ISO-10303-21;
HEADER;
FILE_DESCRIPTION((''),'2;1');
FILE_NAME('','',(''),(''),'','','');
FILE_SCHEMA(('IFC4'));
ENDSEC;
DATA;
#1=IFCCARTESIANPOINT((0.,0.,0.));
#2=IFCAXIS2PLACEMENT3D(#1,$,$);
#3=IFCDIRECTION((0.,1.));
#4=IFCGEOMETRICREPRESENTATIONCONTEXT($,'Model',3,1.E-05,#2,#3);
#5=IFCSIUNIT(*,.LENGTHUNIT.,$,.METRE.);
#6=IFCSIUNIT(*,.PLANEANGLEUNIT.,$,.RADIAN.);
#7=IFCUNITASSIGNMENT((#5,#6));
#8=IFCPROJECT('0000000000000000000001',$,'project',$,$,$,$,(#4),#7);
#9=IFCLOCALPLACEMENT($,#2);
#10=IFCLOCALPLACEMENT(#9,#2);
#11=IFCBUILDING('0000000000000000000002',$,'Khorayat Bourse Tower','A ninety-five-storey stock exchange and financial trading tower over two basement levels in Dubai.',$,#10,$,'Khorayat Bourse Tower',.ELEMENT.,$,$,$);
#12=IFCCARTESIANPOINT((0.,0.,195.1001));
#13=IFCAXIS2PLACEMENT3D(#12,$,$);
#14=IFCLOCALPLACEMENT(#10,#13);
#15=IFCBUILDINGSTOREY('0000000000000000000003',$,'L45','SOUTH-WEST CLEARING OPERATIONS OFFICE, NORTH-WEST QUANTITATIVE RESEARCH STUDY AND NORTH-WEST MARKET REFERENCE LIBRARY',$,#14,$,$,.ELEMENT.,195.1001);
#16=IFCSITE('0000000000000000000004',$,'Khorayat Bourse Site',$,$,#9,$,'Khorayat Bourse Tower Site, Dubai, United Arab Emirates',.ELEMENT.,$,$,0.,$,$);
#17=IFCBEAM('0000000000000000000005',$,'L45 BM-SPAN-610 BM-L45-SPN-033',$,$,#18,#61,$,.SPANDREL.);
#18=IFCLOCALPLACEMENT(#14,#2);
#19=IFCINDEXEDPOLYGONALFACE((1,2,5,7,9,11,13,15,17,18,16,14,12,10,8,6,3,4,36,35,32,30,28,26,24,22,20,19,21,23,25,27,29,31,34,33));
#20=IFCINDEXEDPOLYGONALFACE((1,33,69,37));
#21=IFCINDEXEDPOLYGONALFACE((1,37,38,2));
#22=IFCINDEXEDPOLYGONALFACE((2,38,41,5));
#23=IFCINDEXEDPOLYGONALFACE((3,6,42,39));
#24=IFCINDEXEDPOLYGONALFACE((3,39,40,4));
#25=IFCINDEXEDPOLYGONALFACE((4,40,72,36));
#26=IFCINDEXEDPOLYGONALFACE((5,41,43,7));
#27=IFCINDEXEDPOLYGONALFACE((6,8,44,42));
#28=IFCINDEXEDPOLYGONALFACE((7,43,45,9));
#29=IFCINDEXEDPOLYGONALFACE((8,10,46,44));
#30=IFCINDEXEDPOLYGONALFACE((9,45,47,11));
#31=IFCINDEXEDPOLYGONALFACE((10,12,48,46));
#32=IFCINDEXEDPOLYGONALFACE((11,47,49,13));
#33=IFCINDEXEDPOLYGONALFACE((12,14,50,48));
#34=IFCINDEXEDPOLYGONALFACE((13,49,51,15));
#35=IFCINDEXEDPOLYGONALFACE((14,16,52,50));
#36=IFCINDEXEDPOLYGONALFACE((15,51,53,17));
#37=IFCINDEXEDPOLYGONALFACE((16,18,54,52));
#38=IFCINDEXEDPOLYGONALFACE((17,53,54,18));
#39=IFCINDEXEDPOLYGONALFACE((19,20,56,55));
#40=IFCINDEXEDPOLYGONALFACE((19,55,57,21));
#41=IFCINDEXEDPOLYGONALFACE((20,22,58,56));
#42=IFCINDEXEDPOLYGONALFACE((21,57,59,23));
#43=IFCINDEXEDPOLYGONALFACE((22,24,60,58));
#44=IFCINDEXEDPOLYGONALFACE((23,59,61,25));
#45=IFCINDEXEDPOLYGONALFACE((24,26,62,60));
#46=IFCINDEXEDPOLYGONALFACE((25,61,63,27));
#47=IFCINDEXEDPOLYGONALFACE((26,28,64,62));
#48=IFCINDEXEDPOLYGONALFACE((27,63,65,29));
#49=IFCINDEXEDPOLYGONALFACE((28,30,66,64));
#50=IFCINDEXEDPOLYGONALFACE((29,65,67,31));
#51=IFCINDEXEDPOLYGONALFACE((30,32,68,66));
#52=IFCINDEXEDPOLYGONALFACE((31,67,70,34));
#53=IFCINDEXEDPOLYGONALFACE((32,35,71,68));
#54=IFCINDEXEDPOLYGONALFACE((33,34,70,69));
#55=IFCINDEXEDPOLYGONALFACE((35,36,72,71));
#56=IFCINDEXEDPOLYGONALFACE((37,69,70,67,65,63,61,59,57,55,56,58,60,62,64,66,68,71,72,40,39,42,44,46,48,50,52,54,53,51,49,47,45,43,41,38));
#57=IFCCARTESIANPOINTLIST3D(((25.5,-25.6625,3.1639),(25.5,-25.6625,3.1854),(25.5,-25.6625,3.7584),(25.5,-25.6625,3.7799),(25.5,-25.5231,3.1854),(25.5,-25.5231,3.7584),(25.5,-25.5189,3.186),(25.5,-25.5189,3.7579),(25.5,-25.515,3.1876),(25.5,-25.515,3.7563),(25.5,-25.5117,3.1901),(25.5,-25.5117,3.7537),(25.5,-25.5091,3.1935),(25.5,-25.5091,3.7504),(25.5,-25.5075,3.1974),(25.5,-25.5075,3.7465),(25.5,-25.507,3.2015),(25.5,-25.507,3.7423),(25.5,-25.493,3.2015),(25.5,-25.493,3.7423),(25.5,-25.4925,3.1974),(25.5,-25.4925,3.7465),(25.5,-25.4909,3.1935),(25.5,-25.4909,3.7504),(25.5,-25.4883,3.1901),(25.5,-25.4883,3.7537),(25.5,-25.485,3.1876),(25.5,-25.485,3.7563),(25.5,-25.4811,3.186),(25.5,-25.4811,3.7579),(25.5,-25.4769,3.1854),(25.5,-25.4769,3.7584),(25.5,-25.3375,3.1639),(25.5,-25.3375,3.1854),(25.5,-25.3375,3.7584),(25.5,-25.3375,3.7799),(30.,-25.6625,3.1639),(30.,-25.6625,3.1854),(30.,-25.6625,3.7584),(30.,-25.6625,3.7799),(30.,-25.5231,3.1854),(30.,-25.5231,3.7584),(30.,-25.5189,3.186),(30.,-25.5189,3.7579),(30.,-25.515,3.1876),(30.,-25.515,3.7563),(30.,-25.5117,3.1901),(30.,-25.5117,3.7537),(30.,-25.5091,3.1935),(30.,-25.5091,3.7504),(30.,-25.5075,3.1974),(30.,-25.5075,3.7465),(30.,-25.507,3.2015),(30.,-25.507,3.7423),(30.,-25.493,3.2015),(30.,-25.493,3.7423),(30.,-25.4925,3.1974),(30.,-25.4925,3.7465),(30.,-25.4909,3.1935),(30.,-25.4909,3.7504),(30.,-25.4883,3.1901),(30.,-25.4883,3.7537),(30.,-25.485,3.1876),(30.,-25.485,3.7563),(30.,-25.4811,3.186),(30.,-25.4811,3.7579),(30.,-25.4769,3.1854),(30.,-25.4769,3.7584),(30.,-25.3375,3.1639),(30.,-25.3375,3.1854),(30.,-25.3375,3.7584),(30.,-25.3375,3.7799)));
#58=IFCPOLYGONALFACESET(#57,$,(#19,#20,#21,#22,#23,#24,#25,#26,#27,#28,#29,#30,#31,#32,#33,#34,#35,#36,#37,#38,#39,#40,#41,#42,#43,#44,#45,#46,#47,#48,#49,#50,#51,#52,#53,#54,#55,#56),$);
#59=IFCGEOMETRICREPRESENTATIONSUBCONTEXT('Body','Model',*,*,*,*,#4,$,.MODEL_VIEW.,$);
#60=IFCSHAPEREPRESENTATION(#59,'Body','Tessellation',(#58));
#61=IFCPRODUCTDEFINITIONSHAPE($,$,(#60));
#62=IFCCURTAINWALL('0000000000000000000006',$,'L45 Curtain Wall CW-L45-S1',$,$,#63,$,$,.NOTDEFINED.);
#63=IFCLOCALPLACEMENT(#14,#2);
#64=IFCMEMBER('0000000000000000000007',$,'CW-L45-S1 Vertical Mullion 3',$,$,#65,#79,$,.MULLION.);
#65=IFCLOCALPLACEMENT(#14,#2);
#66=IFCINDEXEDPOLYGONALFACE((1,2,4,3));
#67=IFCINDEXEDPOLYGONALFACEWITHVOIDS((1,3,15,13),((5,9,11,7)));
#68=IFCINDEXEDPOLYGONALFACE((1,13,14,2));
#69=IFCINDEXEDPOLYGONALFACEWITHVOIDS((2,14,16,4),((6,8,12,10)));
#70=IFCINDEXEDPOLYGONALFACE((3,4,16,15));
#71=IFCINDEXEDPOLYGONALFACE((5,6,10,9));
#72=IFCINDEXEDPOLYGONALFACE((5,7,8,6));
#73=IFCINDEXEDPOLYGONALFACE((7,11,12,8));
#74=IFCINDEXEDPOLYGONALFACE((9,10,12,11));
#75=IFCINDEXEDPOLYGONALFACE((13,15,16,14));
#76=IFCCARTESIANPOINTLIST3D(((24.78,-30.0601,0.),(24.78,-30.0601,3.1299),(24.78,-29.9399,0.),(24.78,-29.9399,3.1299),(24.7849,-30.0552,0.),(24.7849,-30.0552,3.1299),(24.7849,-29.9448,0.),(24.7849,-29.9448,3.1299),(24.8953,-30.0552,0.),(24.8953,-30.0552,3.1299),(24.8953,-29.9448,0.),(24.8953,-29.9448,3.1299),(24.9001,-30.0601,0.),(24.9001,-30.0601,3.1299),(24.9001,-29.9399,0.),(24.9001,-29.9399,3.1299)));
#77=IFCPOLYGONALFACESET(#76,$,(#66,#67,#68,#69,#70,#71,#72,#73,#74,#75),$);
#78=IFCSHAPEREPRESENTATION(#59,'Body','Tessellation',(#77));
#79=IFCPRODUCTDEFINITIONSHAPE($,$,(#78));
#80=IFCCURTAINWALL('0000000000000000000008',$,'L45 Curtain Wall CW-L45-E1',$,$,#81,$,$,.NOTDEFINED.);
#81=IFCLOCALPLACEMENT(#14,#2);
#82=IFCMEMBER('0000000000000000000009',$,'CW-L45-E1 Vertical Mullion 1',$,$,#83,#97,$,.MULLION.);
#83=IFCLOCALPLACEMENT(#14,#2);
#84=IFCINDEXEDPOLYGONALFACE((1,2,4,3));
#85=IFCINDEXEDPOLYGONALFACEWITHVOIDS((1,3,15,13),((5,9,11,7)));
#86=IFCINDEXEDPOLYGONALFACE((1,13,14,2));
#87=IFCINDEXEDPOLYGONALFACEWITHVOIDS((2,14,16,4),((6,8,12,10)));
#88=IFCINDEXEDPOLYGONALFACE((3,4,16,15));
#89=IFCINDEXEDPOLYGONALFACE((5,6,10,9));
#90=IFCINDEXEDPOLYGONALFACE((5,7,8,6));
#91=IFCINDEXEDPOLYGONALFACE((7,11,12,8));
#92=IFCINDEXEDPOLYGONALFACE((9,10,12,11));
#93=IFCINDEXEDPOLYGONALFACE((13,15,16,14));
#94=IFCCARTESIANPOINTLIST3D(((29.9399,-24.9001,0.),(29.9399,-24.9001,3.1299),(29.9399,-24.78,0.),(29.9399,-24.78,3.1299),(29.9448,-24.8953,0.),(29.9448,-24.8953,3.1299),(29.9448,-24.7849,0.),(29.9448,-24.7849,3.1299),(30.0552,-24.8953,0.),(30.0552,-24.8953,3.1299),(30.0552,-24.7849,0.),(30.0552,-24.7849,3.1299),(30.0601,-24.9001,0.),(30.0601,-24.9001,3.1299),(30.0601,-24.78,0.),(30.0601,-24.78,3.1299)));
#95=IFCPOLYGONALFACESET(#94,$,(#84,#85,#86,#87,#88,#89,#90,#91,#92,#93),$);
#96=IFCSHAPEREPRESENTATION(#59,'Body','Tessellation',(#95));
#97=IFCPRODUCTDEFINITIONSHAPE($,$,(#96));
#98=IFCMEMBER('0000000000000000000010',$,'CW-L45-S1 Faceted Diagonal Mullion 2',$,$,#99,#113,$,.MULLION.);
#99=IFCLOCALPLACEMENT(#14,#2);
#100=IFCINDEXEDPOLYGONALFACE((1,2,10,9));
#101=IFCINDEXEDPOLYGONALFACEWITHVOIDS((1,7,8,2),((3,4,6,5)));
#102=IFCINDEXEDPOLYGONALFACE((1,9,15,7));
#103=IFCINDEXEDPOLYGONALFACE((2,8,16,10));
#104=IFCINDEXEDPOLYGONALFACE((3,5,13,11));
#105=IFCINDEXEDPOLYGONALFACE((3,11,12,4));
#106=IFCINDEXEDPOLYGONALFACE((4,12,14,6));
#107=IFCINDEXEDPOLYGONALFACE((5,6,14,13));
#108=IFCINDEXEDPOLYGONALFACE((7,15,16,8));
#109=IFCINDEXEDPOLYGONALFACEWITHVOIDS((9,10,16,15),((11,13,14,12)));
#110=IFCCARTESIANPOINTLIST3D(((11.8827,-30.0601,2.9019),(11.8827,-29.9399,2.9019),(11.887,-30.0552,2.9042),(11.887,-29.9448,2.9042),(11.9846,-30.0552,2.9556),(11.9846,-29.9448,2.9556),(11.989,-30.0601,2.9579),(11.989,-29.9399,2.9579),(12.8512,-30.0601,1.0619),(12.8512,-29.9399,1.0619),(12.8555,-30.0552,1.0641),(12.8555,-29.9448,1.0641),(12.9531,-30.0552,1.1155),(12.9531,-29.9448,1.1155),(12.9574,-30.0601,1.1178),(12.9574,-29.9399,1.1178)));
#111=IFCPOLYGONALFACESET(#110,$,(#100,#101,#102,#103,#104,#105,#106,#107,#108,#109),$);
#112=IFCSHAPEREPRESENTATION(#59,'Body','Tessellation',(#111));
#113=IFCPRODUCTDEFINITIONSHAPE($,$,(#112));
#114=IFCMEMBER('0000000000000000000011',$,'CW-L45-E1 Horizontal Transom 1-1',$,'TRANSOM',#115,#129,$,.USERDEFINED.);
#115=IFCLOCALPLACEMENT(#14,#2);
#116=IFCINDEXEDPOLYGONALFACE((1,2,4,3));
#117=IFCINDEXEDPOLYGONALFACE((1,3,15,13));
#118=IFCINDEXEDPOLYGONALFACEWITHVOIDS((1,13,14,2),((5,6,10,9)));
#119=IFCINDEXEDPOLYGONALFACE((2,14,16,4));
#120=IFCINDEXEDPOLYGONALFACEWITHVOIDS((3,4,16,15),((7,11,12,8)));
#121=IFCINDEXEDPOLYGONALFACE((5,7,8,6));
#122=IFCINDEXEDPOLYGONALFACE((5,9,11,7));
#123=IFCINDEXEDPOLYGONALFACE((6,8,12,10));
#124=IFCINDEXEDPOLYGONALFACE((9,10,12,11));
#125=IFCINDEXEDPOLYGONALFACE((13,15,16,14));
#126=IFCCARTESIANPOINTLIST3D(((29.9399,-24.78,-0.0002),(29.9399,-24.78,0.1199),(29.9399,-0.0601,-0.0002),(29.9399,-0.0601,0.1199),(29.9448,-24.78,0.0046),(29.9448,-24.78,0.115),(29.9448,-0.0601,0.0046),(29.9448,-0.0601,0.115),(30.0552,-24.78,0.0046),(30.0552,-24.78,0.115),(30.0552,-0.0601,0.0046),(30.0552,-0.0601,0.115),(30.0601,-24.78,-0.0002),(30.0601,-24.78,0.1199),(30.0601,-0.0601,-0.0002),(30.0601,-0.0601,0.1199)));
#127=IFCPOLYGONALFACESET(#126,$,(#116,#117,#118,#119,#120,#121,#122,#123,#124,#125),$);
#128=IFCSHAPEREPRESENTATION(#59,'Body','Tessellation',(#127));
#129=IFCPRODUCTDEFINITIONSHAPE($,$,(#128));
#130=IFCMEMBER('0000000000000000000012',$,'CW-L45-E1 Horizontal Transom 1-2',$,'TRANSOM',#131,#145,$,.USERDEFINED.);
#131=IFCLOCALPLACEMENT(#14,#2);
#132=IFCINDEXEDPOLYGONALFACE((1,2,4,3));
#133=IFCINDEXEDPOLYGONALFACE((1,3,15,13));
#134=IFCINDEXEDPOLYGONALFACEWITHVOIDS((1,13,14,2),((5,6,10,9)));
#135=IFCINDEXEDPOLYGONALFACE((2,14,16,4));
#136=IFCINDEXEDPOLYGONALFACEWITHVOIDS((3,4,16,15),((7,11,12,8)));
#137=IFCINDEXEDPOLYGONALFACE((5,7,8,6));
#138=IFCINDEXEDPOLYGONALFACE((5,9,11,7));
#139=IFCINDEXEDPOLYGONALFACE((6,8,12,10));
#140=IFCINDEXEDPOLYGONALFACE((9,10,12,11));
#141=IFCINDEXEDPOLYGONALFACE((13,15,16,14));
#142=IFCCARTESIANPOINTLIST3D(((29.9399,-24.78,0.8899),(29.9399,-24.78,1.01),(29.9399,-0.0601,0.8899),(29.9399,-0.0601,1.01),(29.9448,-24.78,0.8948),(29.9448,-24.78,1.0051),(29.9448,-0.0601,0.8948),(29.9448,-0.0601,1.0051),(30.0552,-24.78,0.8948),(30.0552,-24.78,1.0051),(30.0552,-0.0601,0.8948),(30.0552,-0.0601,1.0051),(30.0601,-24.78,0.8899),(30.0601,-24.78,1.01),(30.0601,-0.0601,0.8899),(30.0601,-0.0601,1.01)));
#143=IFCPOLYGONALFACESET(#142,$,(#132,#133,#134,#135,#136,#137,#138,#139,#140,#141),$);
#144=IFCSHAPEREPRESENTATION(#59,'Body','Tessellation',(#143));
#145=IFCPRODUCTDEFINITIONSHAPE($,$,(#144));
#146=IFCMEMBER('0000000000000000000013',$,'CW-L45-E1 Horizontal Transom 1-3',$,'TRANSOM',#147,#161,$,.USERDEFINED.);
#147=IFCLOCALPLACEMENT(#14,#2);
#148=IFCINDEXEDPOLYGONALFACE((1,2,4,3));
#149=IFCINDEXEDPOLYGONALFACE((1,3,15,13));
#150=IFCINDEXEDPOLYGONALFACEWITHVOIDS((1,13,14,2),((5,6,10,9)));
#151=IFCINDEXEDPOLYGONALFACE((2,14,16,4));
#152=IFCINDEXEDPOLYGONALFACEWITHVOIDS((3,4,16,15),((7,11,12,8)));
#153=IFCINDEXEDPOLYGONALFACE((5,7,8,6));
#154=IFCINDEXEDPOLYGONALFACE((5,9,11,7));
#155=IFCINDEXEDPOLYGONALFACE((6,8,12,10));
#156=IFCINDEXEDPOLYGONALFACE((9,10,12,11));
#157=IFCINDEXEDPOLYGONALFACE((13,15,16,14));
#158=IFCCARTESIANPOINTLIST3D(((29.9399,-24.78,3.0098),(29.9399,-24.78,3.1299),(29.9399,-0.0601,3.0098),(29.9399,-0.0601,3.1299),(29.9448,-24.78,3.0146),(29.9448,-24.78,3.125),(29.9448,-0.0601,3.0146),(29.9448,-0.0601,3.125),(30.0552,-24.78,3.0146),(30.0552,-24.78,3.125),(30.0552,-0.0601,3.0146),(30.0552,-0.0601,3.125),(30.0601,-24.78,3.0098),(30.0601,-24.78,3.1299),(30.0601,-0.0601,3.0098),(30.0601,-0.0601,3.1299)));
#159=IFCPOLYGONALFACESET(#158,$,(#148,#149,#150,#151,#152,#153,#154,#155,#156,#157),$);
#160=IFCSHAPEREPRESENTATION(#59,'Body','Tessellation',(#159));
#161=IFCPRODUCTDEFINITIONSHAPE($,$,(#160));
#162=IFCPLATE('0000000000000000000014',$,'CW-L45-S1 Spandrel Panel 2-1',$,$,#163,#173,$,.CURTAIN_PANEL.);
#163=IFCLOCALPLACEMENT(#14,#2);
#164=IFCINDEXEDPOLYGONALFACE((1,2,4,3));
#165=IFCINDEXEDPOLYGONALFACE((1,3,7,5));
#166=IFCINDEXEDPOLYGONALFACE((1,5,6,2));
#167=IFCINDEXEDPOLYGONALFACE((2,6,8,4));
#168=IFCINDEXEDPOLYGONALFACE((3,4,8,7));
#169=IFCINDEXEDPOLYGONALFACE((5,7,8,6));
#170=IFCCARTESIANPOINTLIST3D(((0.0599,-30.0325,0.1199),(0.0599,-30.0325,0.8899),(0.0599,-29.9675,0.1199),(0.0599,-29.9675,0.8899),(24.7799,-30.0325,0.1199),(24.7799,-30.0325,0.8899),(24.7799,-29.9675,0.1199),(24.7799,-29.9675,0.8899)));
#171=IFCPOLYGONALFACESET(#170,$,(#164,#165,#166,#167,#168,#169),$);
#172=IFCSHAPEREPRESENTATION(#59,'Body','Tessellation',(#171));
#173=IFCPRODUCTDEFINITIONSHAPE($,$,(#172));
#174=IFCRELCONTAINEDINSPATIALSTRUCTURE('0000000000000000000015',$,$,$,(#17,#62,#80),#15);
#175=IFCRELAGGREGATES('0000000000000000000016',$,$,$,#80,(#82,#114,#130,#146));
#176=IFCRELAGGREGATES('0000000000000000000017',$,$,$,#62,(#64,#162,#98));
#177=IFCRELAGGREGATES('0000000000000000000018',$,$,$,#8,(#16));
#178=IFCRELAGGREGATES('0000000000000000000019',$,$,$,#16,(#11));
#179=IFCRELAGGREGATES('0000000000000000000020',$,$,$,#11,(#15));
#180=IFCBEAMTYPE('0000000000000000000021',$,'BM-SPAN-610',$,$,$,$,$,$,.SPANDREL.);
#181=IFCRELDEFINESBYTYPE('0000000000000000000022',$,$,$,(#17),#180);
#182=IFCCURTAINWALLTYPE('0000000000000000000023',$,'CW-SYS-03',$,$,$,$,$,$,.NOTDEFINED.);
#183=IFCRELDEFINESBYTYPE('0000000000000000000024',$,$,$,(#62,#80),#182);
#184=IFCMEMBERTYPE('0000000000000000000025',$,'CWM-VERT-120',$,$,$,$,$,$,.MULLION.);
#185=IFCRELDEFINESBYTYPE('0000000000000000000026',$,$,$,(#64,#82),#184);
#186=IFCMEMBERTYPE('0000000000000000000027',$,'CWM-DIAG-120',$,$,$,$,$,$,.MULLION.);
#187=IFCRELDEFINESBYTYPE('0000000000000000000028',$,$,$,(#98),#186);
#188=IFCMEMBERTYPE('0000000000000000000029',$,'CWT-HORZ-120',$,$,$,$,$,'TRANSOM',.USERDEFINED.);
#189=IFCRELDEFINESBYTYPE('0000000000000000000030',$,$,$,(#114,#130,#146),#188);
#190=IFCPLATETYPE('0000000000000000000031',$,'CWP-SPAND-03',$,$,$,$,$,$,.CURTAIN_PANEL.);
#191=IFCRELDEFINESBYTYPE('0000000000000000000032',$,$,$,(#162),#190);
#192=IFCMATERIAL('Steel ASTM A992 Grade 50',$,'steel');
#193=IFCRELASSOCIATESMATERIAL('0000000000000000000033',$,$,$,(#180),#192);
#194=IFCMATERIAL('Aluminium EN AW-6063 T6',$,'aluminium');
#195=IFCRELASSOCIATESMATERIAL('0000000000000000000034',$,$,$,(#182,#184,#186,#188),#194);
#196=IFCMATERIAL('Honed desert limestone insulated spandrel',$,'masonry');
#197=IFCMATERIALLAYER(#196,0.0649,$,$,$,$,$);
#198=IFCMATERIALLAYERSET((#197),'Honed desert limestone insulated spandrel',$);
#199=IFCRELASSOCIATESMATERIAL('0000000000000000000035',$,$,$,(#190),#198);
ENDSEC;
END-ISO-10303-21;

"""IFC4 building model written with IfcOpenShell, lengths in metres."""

from ifc_helpers import new_model, si_unit, direction, frame, origin, origin_2d, place, context, subcontext, project, spatial, rectangle, hollow_rectangle, i_section, extrude, source, transform, mapped, material, layer, layer_set, material_profile, profile_set, type_object, element, aggregate, save


model = new_model("IFC4")

# Units and contexts
model_context = context("Model", 3, precision=1e-05, world=origin(), true_north=direction((0.0, 1.0)))
body_context = subcontext(model_context, "Body", "Model", "MODEL_VIEW")
ifc_project = project(units=[si_unit("LENGTHUNIT", "METRE"), si_unit("PLANEANGLEUNIT", "RADIAN")], contexts=[model_context])

# Site, building, storey
site_placement = place(None, origin())
site = spatial("IfcSite", under=ifc_project, at=site_placement, Name="Khorayat Bourse Site", LongName="Khorayat Bourse Tower Site, Dubai, United Arab Emirates", CompositionType="ELEMENT", RefElevation=0.0)
building_placement = place(site_placement, origin())
building = spatial("IfcBuilding", under=site, at=building_placement, Name="Khorayat Bourse Tower", Description="A ninety-five-storey stock exchange and financial trading tower over two basement levels in Dubai.", LongName="Khorayat Bourse Tower", CompositionType="ELEMENT")
storey_placement = place(building_placement, frame((0.0, 0.0, 195.1001)))
storey = spatial("IfcBuildingStorey", under=building, at=storey_placement, Name="L45", Description="SOUTH-WEST CLEARING OPERATIONS OFFICE, NORTH-WEST QUANTITATIVE RESEARCH STUDY AND NORTH-WEST MARKET REFERENCE LIBRARY", CompositionType="ELEMENT", Elevation=195.1001)

# Beam
ifc_material_1 = material(Name="Steel ASTM A992 Grade 50", Category="steel")
ifc_material_profile_1 = material_profile(ifc_material_1, i_section(OverallWidth=0.325, OverallDepth=0.616, WebThickness=0.0139, FlangeThickness=0.0215, FilletRadius=0.0161, at=origin_2d()), Name="W610X174")
ifc_profile_set_1 = profile_set([ifc_material_profile_1], Name="Steel ASTM A992 Grade 50")
beam_type_1 = type_object("IfcBeamType", Name="BM-SPAN-610", PredefinedType="SPANDREL", material=ifc_profile_set_1)
shared_shape_1 = source(origin(), body_context, "Body", "SweptSolid", [
    extrude(i_section(OverallWidth=0.325, OverallDepth=0.616, WebThickness=0.0139, FlangeThickness=0.0215, FilletRadius=0.0161, at=origin_2d()), origin(), (0.0, 0.0, 1.0), 4.5),
])
for number, where, z_axis, x_axis, name in (
    (1, (25.5, -25.5, 3.4719), (1.0, 0.0, 0.0), (0.0, 1.0, 0.0), "L45 BM-SPAN-610 BM-L45-SPN-033"),
):
    element("IfcBeam", number, at=place(storey_placement, frame(where, z_axis=z_axis, x_axis=x_axis)), inside=storey, type_object=beam_type_1, Name=name, PredefinedType="SPANDREL", context=body_context, shape_type="MappedRepresentation", body=[
        mapped(shared_shape_1, transform((0.0, 0.0, 0.0), scale=1.0)),
    ])

# Curtain walls, members
ifc_material_2 = material(Name="Aluminium EN AW-6063 T6", Category="aluminium")
curtain_wall_type = type_object("IfcCurtainWallType", Name="CW-SYS-03", PredefinedType="NOTDEFINED", material=ifc_material_2)
curtain_wall_1_placement = place(storey_placement, origin())
curtain_wall_1 = element("IfcCurtainWall", 2, at=curtain_wall_1_placement, inside=storey, type_object=curtain_wall_type, Name="L45 Curtain Wall CW-L45-S1", PredefinedType="NOTDEFINED")
ifc_material_profile_2 = material_profile(ifc_material_2, hollow_rectangle(XDim=0.1201, YDim=0.1201, WallThickness=0.0049, at=origin_2d()), Name="ALU 120x120x5")
ifc_profile_set_2 = profile_set([ifc_material_profile_2], Name="Aluminium EN AW-6063 T6")
member_type_1 = type_object("IfcMemberType", Name="CWM-VERT-120", PredefinedType="MULLION", material=ifc_profile_set_2)
shared_shape_2 = source(origin(), body_context, "Body", "SweptSolid", [
    extrude(hollow_rectangle(XDim=0.1201, YDim=0.1201, WallThickness=0.0049, at=origin_2d()), origin(), (0.0, 0.0, 1.0), 3.1299),
])
member_1_placement = place(storey_placement, frame((24.8401, -30.0, 0.0), z_axis=(0.0, 0.0, 1.0), x_axis=(0.0, 1.0, 0.0)))
member_1 = element("IfcMember", 3, at=member_1_placement, type_object=member_type_1, Name="CW-L45-S1 Vertical Mullion 3", PredefinedType="MULLION", context=body_context, shape_type="MappedRepresentation", body=[
    mapped(shared_shape_2, transform((0.0, 0.0, 0.0), scale=1.0)),
])
curtain_wall_2_placement = place(storey_placement, origin())
curtain_wall_2 = element("IfcCurtainWall", 4, at=curtain_wall_2_placement, inside=storey, type_object=curtain_wall_type, Name="L45 Curtain Wall CW-L45-E1", PredefinedType="NOTDEFINED")
member_2_placement = place(storey_placement, frame((30.0, -24.8401, 0.0), z_axis=(0.0, 0.0, 1.0), x_axis=(-1.0, 0.0, 0.0)))
member_2 = element("IfcMember", 5, at=member_2_placement, type_object=member_type_1, Name="CW-L45-E1 Vertical Mullion 1", PredefinedType="MULLION", context=body_context, shape_type="MappedRepresentation", body=[
    mapped(shared_shape_2, transform((0.0, 0.0, 0.0), scale=1.0)),
])

# Members
ifc_material_profile_3 = material_profile(ifc_material_2, hollow_rectangle(XDim=0.1201, YDim=0.1201, WallThickness=0.0049, at=origin_2d()), Name="ALU 120x120x5")
ifc_profile_set_3 = profile_set([ifc_material_profile_3], Name="Aluminium EN AW-6063 T6")
member_type_2 = type_object("IfcMemberType", Name="CWM-DIAG-120", PredefinedType="MULLION", material=ifc_profile_set_3)
shared_shape_3 = source(origin(), body_context, "Body", "SweptSolid", [
    extrude(hollow_rectangle(XDim=0.1201, YDim=0.1201, WallThickness=0.0049, at=origin_2d()), origin(), (0.0, 0.0, 1.0), 2.0793),
])
member_3_placement = place(storey_placement, frame((12.9043, -30.0, 1.0898), z_axis=(-0.465761, 0.0, 0.884911), x_axis=(0.0, -1.0, 0.0)))
member_3 = element("IfcMember", 6, at=member_3_placement, type_object=member_type_2, Name="CW-L45-S1 Faceted Diagonal Mullion 2", PredefinedType="MULLION", context=body_context, shape_type="MappedRepresentation", body=[
    mapped(shared_shape_3, transform((0.0, 0.0, 0.0), scale=1.0)),
])
ifc_material_profile_4 = material_profile(ifc_material_2, hollow_rectangle(XDim=0.1201, YDim=0.1201, WallThickness=0.0049, at=origin_2d()), Name="ALU 120x120x5")
ifc_profile_set_4 = profile_set([ifc_material_profile_4], Name="Aluminium EN AW-6063 T6")
member_type_3 = type_object("IfcMemberType", Name="CWT-HORZ-120", ElementType="TRANSOM", PredefinedType="USERDEFINED", material=ifc_profile_set_4)
shared_shape_4 = source(origin(), body_context, "Body", "SweptSolid", [
    extrude(hollow_rectangle(XDim=0.1201, YDim=0.1201, WallThickness=0.0049, at=origin_2d()), origin(), (0.0, 0.0, 1.0), 24.72),
])
member_4_placement = place(storey_placement, frame((30.0, -24.78, 0.0598), z_axis=(0.0, 1.0, 0.0), x_axis=(-1.0, 0.0, 0.0)))
member_4 = element("IfcMember", 7, at=member_4_placement, type_object=member_type_3, Name="CW-L45-E1 Horizontal Transom 1-1", ObjectType="TRANSOM", PredefinedType="USERDEFINED", context=body_context, shape_type="MappedRepresentation", body=[
    mapped(shared_shape_4, transform((0.0, 0.0, 0.0), scale=1.0)),
])
member_5_placement = place(storey_placement, frame((30.0, -24.78, 0.95), z_axis=(0.0, 1.0, 0.0), x_axis=(-1.0, 0.0, 0.0)))
member_5 = element("IfcMember", 8, at=member_5_placement, type_object=member_type_3, Name="CW-L45-E1 Horizontal Transom 1-2", ObjectType="TRANSOM", PredefinedType="USERDEFINED", context=body_context, shape_type="MappedRepresentation", body=[
    mapped(shared_shape_4, transform((0.0, 0.0, 0.0), scale=1.0)),
])
member_6_placement = place(storey_placement, frame((30.0, -24.78, 3.0698), z_axis=(0.0, 1.0, 0.0), x_axis=(-1.0, 0.0, 0.0)))
member_6 = element("IfcMember", 9, at=member_6_placement, type_object=member_type_3, Name="CW-L45-E1 Horizontal Transom 1-3", ObjectType="TRANSOM", PredefinedType="USERDEFINED", context=body_context, shape_type="MappedRepresentation", body=[
    mapped(shared_shape_4, transform((0.0, 0.0, 0.0), scale=1.0)),
])
aggregate(curtain_wall_2, [member_2, member_4, member_5, member_6])

# Plate
ifc_material_3 = material(Name="Honed desert limestone insulated spandrel", Category="masonry")
ifc_layer_1 = layer(ifc_material_3, 0.0649)
ifc_layer_set_1 = layer_set([ifc_layer_1], Name="Honed desert limestone insulated spandrel")
plate_type_1 = type_object("IfcPlateType", Name="CWP-SPAND-03", PredefinedType="CURTAIN_PANEL", material=ifc_layer_set_1)
shared_shape_5 = source(origin(), body_context, "Body", "SweptSolid", [
    extrude(rectangle(XDim=24.72, YDim=0.0649, at=origin_2d()), origin(), (0.0, 0.0, 1.0), 0.77),
])
plate_1_placement = place(storey_placement, frame((12.4199, -30.0, 0.1199), z_axis=(0.0, 0.0, 1.0), x_axis=(1.0, 0.0, 0.0)))
plate_1 = element("IfcPlate", 10, at=plate_1_placement, type_object=plate_type_1, Name="CW-L45-S1 Spandrel Panel 2-1", PredefinedType="CURTAIN_PANEL", context=body_context, shape_type="MappedRepresentation", body=[
    mapped(shared_shape_5, transform((0.0, 0.0, 0.0), scale=1.0)),
])
aggregate(curtain_wall_1, [member_1, plate_1, member_3])

save(model, "model.ifc")
